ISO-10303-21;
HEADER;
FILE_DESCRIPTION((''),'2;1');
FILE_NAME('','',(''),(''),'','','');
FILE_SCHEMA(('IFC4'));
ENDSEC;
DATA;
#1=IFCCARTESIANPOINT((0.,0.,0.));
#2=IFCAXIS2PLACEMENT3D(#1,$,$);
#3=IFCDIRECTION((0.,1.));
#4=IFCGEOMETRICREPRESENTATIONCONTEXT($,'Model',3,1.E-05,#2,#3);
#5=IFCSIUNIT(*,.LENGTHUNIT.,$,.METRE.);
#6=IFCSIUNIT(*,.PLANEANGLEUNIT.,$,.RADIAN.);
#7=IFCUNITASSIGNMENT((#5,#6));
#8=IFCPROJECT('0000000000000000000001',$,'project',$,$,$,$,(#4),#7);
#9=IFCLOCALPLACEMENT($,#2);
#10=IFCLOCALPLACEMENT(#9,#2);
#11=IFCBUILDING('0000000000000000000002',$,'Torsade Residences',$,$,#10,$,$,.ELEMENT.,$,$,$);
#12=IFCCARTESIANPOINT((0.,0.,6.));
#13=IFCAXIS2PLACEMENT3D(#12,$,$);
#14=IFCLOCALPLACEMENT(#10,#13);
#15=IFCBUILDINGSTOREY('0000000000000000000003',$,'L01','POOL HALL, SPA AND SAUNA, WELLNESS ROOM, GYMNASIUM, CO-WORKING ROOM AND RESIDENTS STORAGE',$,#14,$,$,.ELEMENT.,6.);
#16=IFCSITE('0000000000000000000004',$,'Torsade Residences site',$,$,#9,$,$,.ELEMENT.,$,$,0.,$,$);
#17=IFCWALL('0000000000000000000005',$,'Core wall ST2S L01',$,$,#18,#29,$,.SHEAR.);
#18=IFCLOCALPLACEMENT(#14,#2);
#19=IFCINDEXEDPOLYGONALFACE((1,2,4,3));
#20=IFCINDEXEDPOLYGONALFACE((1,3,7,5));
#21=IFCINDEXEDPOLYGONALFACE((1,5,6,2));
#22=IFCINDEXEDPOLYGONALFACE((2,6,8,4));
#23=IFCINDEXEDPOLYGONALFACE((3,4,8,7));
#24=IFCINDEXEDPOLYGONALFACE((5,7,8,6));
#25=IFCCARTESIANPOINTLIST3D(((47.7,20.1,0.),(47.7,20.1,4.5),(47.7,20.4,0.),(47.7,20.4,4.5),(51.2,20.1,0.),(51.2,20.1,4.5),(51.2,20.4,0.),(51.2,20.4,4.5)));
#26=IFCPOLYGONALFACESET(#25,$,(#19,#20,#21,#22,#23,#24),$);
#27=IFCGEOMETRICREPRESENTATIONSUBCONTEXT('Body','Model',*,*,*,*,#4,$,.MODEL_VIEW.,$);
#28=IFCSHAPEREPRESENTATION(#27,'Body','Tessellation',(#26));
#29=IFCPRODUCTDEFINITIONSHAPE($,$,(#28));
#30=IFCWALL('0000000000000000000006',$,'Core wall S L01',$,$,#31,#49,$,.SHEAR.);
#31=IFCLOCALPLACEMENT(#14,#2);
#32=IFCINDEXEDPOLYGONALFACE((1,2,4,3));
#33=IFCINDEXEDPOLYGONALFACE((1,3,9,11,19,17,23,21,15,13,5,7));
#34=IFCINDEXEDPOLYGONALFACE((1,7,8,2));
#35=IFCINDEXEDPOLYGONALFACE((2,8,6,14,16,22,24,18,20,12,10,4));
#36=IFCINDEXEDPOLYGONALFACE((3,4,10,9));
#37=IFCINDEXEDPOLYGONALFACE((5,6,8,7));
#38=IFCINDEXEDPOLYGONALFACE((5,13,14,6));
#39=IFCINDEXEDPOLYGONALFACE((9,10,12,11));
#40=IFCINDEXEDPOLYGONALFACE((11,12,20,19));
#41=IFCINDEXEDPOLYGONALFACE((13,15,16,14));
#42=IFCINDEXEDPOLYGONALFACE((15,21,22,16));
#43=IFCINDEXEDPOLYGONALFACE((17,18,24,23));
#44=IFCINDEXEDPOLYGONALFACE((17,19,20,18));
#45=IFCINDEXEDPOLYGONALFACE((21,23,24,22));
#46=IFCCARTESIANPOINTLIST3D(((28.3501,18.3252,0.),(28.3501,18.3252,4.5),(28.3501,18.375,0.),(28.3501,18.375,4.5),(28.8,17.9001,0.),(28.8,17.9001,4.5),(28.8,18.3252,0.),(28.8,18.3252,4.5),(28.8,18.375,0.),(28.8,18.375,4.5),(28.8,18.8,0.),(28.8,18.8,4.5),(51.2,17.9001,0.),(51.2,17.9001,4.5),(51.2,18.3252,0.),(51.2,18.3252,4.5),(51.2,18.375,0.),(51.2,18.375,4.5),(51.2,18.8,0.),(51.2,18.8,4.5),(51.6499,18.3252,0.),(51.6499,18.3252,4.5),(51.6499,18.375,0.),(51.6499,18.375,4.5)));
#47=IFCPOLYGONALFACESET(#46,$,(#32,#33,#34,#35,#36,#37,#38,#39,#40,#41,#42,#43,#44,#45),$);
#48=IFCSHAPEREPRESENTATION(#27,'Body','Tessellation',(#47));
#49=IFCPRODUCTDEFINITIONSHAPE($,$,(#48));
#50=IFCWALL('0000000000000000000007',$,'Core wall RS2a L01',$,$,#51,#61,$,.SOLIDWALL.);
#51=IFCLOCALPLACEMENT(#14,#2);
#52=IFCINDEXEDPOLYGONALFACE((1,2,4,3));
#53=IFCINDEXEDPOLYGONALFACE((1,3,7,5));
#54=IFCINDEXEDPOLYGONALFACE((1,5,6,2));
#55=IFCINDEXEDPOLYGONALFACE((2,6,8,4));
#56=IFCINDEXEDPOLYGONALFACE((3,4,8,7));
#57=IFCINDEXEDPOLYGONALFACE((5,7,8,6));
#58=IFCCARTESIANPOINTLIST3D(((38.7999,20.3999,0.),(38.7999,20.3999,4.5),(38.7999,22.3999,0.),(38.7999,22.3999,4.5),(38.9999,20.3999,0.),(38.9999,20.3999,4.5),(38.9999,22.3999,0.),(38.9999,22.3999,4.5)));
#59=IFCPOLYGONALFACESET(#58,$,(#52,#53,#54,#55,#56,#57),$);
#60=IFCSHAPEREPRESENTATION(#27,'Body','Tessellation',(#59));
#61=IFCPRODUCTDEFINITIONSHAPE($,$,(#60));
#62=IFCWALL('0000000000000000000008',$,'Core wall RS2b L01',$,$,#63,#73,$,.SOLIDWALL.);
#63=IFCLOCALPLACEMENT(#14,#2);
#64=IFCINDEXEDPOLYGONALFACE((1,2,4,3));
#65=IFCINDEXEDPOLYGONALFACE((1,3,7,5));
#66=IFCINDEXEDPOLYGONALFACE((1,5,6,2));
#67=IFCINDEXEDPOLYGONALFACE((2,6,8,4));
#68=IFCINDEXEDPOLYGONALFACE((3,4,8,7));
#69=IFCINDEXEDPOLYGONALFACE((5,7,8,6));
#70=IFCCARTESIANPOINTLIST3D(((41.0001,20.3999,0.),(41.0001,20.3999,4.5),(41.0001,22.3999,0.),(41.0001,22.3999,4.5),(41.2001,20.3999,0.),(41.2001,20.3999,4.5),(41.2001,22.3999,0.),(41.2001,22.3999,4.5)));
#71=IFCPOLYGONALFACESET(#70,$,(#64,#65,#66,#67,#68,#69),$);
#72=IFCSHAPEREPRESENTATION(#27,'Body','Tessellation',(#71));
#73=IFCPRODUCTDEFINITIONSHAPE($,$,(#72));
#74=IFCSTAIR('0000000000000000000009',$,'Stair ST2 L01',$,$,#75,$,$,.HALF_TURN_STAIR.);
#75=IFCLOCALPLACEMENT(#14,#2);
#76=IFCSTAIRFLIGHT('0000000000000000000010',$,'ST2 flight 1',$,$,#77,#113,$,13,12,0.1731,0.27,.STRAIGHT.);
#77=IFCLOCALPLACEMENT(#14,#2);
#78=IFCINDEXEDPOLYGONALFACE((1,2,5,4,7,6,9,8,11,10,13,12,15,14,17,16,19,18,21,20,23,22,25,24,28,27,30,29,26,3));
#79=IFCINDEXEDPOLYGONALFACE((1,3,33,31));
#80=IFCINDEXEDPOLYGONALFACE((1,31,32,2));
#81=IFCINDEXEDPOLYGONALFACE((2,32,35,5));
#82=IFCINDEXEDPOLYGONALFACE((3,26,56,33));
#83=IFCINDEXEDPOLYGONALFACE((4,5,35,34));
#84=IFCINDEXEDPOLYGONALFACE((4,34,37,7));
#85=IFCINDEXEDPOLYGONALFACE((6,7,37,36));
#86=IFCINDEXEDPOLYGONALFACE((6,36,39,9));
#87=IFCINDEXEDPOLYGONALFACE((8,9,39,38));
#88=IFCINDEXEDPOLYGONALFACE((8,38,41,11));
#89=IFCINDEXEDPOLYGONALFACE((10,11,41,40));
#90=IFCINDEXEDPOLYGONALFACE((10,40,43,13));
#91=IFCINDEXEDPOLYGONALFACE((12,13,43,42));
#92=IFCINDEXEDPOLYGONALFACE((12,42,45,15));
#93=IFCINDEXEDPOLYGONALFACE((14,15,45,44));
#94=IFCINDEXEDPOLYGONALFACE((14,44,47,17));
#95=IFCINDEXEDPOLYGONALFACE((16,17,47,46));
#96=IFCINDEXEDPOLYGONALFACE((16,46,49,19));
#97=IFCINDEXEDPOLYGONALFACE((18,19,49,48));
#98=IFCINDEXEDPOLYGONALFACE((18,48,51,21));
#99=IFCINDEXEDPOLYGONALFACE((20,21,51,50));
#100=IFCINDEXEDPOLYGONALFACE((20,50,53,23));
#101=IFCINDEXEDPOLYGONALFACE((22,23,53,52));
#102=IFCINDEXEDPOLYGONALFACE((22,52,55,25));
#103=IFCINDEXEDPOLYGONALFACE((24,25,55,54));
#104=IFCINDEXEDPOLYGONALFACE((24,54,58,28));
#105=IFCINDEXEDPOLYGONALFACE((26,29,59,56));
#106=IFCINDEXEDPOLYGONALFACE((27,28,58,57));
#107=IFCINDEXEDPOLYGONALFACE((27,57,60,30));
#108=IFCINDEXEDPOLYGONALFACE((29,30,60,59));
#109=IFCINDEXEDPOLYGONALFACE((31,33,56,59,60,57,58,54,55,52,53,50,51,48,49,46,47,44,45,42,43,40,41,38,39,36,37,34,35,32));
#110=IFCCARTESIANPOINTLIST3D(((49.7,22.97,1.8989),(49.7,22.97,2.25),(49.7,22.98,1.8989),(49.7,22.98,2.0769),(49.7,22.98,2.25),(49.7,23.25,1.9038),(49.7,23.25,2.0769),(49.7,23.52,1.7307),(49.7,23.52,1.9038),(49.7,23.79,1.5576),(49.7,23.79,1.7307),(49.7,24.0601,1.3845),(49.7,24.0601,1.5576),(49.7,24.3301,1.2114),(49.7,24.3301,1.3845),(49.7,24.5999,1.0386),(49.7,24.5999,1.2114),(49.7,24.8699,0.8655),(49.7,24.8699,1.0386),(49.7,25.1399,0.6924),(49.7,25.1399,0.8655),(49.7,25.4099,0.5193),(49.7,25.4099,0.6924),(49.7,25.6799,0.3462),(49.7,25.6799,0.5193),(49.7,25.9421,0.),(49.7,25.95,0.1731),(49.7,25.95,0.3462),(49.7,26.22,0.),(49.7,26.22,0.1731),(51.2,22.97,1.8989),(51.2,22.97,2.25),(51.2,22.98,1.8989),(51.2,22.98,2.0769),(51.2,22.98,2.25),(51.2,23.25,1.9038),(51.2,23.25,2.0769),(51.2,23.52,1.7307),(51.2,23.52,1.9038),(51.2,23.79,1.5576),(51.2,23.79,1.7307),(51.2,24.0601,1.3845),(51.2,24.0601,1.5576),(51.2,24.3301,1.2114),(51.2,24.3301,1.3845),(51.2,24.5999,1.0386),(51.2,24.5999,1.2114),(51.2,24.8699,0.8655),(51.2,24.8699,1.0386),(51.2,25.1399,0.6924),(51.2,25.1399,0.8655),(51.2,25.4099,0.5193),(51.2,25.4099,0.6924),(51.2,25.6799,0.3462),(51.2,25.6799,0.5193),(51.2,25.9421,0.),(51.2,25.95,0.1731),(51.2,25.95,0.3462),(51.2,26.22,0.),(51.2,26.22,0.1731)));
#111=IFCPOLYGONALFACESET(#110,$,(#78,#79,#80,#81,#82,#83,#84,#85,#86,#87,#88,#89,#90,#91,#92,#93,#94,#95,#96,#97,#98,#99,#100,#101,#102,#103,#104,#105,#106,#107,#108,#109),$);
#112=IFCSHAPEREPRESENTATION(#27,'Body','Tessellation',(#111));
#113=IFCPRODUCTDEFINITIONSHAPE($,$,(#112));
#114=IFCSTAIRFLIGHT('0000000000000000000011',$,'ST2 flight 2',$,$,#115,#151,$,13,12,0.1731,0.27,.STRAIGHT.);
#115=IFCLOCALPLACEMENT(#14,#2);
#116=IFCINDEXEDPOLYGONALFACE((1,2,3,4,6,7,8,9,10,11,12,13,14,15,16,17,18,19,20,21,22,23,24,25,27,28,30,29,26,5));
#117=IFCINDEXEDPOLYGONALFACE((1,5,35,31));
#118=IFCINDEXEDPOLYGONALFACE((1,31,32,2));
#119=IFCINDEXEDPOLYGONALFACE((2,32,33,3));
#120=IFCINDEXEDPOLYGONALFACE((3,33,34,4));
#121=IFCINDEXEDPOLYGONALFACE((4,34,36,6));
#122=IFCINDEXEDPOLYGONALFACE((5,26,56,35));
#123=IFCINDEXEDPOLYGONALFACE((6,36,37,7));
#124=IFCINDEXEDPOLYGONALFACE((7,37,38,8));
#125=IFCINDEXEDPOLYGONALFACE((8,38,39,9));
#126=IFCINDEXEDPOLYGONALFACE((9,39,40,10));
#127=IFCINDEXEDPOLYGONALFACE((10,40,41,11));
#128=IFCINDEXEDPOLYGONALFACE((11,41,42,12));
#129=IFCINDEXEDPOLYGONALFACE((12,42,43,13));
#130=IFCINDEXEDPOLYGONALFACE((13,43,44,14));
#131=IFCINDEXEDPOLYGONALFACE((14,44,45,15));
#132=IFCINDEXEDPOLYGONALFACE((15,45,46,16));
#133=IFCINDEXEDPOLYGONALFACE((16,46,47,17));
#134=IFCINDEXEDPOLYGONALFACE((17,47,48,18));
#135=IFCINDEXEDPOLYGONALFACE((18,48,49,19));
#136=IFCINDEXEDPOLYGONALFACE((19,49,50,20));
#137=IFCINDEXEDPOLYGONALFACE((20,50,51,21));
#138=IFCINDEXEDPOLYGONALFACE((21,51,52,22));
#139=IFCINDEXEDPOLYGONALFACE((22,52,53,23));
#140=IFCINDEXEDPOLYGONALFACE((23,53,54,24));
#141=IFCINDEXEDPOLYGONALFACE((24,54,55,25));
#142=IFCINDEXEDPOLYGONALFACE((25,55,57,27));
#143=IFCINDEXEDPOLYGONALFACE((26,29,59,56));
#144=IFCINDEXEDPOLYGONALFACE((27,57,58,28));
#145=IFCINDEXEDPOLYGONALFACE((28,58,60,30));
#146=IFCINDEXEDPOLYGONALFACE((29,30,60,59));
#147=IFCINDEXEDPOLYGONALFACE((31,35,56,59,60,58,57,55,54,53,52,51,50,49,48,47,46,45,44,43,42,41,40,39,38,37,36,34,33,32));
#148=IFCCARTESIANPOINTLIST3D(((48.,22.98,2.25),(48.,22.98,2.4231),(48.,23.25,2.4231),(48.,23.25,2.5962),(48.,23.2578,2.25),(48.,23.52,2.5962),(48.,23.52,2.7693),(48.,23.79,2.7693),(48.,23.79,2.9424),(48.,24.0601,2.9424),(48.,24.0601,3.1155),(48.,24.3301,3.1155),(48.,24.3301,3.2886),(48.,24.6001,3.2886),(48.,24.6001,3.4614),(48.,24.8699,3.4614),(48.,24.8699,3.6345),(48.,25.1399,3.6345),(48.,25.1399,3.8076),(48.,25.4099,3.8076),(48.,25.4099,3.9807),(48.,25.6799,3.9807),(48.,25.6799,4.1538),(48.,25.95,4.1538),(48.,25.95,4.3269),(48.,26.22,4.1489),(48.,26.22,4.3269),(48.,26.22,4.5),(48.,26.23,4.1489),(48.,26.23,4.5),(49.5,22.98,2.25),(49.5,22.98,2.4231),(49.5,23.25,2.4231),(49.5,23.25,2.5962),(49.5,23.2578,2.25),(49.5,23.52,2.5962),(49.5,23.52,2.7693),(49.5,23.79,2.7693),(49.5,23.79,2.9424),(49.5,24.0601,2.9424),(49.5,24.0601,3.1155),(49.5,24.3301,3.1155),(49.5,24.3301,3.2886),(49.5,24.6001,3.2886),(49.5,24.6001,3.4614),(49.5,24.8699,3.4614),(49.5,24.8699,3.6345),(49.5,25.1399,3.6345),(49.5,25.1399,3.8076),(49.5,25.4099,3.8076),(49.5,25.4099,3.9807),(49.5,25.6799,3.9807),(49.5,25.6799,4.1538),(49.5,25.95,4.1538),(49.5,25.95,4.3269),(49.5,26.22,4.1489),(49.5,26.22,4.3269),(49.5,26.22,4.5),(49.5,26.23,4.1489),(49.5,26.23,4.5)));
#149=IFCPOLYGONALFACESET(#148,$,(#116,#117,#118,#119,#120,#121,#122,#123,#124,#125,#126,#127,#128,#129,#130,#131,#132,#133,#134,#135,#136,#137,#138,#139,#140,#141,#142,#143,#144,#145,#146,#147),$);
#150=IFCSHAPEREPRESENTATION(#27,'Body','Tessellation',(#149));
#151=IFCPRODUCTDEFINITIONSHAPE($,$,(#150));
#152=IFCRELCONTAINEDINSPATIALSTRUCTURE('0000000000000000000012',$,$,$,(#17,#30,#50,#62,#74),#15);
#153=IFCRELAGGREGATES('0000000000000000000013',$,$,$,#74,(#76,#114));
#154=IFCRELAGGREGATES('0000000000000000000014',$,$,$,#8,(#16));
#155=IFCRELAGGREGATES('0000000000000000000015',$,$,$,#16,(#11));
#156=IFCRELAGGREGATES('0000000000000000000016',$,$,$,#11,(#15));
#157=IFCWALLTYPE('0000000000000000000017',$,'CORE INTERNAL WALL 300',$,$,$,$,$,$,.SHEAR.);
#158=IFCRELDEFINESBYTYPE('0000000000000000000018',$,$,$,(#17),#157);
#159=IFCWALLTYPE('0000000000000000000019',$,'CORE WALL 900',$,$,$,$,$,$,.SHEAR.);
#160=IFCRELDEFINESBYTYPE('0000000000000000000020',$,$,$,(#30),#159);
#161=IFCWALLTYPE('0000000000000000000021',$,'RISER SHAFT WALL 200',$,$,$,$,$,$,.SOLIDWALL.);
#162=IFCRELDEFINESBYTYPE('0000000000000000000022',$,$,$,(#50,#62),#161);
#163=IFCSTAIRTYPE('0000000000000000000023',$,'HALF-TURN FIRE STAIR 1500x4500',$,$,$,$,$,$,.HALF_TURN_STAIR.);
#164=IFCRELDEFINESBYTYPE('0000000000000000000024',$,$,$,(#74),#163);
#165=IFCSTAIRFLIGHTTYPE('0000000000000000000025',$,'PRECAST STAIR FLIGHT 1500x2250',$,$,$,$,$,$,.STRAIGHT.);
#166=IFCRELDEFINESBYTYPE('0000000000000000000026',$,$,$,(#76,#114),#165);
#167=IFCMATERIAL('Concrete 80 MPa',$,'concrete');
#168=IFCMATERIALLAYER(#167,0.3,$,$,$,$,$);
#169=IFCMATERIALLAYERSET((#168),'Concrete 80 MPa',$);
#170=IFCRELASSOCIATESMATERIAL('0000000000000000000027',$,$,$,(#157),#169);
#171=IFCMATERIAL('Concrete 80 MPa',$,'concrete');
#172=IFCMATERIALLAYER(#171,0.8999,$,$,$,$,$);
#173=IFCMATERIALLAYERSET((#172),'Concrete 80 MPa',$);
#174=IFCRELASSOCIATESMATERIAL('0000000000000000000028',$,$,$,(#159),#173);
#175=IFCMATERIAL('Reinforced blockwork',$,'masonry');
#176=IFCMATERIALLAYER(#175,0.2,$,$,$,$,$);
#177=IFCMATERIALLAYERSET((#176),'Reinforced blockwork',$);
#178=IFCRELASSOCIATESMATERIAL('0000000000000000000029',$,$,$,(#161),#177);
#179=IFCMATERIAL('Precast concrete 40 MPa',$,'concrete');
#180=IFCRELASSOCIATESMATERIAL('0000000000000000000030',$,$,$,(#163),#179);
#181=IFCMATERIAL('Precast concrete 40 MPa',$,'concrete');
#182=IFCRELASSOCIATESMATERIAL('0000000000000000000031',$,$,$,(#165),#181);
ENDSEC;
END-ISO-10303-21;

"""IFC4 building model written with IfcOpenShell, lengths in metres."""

from ifc_helpers import new_model, si_unit, direction, frame, frame_2d, origin, place, context, subcontext, project, spatial, polyline, rectangle, outline, extrude, material, layer, layer_set, type_object, element, aggregate, save


model = new_model("IFC4")

# Units and contexts
model_context = context("Model", 3, precision=1e-05, world=origin(), true_north=direction((0.0, 1.0)))
body_context = subcontext(model_context, "Body", "Model", "MODEL_VIEW")
ifc_project = project(units=[si_unit("LENGTHUNIT", "METRE"), si_unit("PLANEANGLEUNIT", "RADIAN")], contexts=[model_context])

# Site, building, storey
site_placement = place(None, origin())
site = spatial("IfcSite", under=ifc_project, at=site_placement, Name="Torsade Residences site", CompositionType="ELEMENT", RefElevation=0.0)
building_placement = place(site_placement, origin())
building = spatial("IfcBuilding", under=site, at=building_placement, Name="Torsade Residences", CompositionType="ELEMENT")
storey_placement = place(building_placement, frame((0.0, 0.0, 6.0)))
storey = spatial("IfcBuildingStorey", under=building, at=storey_placement, Name="L01", Description="POOL HALL, SPA AND SAUNA, WELLNESS ROOM, GYMNASIUM, CO-WORKING ROOM AND RESIDENTS STORAGE", CompositionType="ELEMENT", Elevation=6.0)

# Walls
ifc_material_1 = material(Name="Concrete 80 MPa", Category="concrete")
ifc_layer_1 = layer(ifc_material_1, 0.3)
ifc_layer_set_1 = layer_set([ifc_layer_1], Name="Concrete 80 MPa")
wall_type_1 = type_object("IfcWallType", Name="CORE INTERNAL WALL 300", PredefinedType="SHEAR", material=ifc_layer_set_1)
wall_1_placement = place(storey_placement, frame((51.2, 20.25, 0.0), z_axis=(0.0, 0.0, 1.0), x_axis=(-1.0, 0.0, 0.0)))
element("IfcWall", 1, at=wall_1_placement, inside=storey, type_object=wall_type_1, Name="Core wall ST2S L01", PredefinedType="SHEAR", context=body_context, shape_type="SweptSolid", body=[
    extrude(rectangle(XDim=3.5, YDim=0.3, at=frame_2d((1.75, 0.0))), origin(), (0.0, 0.0, 1.0), 4.5),
])
ifc_material_2 = material(Name="Concrete 80 MPa", Category="concrete")
ifc_layer_2 = layer(ifc_material_2, 0.8999)
ifc_layer_set_2 = layer_set([ifc_layer_2], Name="Concrete 80 MPa")
wall_type_2 = type_object("IfcWallType", Name="CORE WALL 900", PredefinedType="SHEAR", material=ifc_layer_set_2)
wall_2_placement = place(storey_placement, frame((51.2, 18.3501, 0.0), z_axis=(0.0, 0.0, 1.0), x_axis=(-1.0, 0.0, 0.0)))
element("IfcWall", 2, at=wall_2_placement, inside=storey, type_object=wall_type_2, Name="Core wall S L01", PredefinedType="SHEAR", context=body_context, shape_type="SweptSolid", body=[
    extrude(outline(polyline([(0.0, -0.45), (22.3999, -0.45), (22.3999, -0.0249), (22.8499, -0.0249), (22.8499, 0.0249), (22.3999, 0.0249), (22.3999, 0.45), (0.0, 0.45), (0.0, 0.0249), (-0.45, 0.0249), (-0.45, -0.0249), (0.0, -0.0249), (0.0, -0.45)])), origin(), (0.0, 0.0, 1.0), 4.5),
])
ifc_material_3 = material(Name="Reinforced blockwork", Category="masonry")
ifc_layer_3 = layer(ifc_material_3, 0.2)
ifc_layer_set_3 = layer_set([ifc_layer_3], Name="Reinforced blockwork")
wall_type_3 = type_object("IfcWallType", Name="RISER SHAFT WALL 200", PredefinedType="SOLIDWALL", material=ifc_layer_set_3)
for number, where, z_axis, x_axis, name in (
    (3, (38.8999, 22.3999, 0.0), (0.0, 0.0, 1.0), (0.0, -1.0, 0.0), "Core wall RS2a L01"),
    (4, (41.1001, 22.3999, 0.0), (0.0, 0.0, 1.0), (0.0, -1.0, 0.0), "Core wall RS2b L01"),
):
    element("IfcWall", number, at=place(storey_placement, frame(where, z_axis=z_axis, x_axis=x_axis)), inside=storey, type_object=wall_type_3, Name=name, PredefinedType="SOLIDWALL", context=body_context, shape_type="SweptSolid", body=[
        extrude(rectangle(XDim=2.0, YDim=0.2, at=frame_2d((1.0, 0.0))), origin(), (0.0, 0.0, 1.0), 4.5),
    ])

# Stair, stair flights
ifc_material_4 = material(Name="Precast concrete 40 MPa", Category="concrete")
stair_type = type_object("IfcStairType", Name="HALF-TURN FIRE STAIR 1500x4500", PredefinedType="HALF_TURN_STAIR", material=ifc_material_4)
stair_placement = place(storey_placement, origin())
stair = element("IfcStair", 5, at=stair_placement, inside=storey, type_object=stair_type, Name="Stair ST2 L01", PredefinedType="HALF_TURN_STAIR")
ifc_material_5 = material(Name="Precast concrete 40 MPa", Category="concrete")
stair_flight_type = type_object("IfcStairFlightType", Name="PRECAST STAIR FLIGHT 1500x2250", PredefinedType="STRAIGHT", material=ifc_material_5)
stair_flight_1_placement = place(storey_placement, frame((50.45, 26.22, 0.0), z_axis=(0.0, 0.0, 1.0), x_axis=(0.0, -1.0, 0.0)))
stair_flight_1 = element("IfcStairFlight", 6, at=stair_flight_1_placement, type_object=stair_flight_type, Name="ST2 flight 1", NumberOfRisers=13, NumberOfTreads=12, PredefinedType="STRAIGHT", RiserHeight=0.1731, TreadLength=0.27, context=body_context, shape_type="SweptSolid", body=[
    extrude(outline(polyline([(0.0, 0.0), (0.0, 0.1731), (0.27, 0.1731), (0.27, 0.3462), (0.54, 0.3462), (0.54, 0.5193), (0.8101, 0.5193), (0.8101, 0.6924), (1.0801, 0.6924), (1.0801, 0.8655), (1.3501, 0.8655), (1.3501, 1.0386), (1.6201, 1.0386), (1.6201, 1.2114), (1.8899, 1.2114), (1.8899, 1.3845), (2.1599, 1.3845), (2.1599, 1.5576), (2.4299, 1.5576), (2.4299, 1.7307), (2.7, 1.7307), (2.7, 1.9038), (2.97, 1.9038), (2.97, 2.0769), (3.24, 2.0769), (3.24, 2.25), (3.25, 2.25), (3.25, 1.8989), (3.24, 1.8989), (0.2778, 0.0), (0.0, 0.0)])), frame((0.0, 0.75, 0.0), z_axis=(0.0, -1.0, 0.0), x_axis=(1.0, 0.0, 0.0)), (0.0, 0.0, 1.0), 1.5),
])
stair_flight_2_placement = place(storey_placement, frame((48.75, 22.98, 2.25), z_axis=(0.0, 0.0, 1.0), x_axis=(0.0, 1.0, 0.0)))
stair_flight_2 = element("IfcStairFlight", 7, at=stair_flight_2_placement, type_object=stair_flight_type, Name="ST2 flight 2", NumberOfRisers=13, NumberOfTreads=12, PredefinedType="STRAIGHT", RiserHeight=0.1731, TreadLength=0.27, context=body_context, shape_type="SweptSolid", body=[
    extrude(outline(polyline([(0.0, 0.0), (0.0, 0.1731), (0.27, 0.1731), (0.27, 0.3462), (0.54, 0.3462), (0.54, 0.5193), (0.8101, 0.5193), (0.8101, 0.6924), (1.0801, 0.6924), (1.0801, 0.8655), (1.3501, 0.8655), (1.3501, 1.0386), (1.6201, 1.0386), (1.6201, 1.2114), (1.8899, 1.2114), (1.8899, 1.3845), (2.1599, 1.3845), (2.1599, 1.5576), (2.4299, 1.5576), (2.4299, 1.7307), (2.7, 1.7307), (2.7, 1.9038), (2.97, 1.9038), (2.97, 2.0769), (3.24, 2.0769), (3.24, 2.25), (3.25, 2.25), (3.25, 1.8989), (3.24, 1.8989), (0.2778, 0.0), (0.0, 0.0)])), frame((0.0, 0.75, 0.0), z_axis=(0.0, -1.0, 0.0), x_axis=(1.0, 0.0, 0.0)), (0.0, 0.0, 1.0), 1.5),
])
aggregate(stair, [stair_flight_1, stair_flight_2])

save(model, "model.ifc")
